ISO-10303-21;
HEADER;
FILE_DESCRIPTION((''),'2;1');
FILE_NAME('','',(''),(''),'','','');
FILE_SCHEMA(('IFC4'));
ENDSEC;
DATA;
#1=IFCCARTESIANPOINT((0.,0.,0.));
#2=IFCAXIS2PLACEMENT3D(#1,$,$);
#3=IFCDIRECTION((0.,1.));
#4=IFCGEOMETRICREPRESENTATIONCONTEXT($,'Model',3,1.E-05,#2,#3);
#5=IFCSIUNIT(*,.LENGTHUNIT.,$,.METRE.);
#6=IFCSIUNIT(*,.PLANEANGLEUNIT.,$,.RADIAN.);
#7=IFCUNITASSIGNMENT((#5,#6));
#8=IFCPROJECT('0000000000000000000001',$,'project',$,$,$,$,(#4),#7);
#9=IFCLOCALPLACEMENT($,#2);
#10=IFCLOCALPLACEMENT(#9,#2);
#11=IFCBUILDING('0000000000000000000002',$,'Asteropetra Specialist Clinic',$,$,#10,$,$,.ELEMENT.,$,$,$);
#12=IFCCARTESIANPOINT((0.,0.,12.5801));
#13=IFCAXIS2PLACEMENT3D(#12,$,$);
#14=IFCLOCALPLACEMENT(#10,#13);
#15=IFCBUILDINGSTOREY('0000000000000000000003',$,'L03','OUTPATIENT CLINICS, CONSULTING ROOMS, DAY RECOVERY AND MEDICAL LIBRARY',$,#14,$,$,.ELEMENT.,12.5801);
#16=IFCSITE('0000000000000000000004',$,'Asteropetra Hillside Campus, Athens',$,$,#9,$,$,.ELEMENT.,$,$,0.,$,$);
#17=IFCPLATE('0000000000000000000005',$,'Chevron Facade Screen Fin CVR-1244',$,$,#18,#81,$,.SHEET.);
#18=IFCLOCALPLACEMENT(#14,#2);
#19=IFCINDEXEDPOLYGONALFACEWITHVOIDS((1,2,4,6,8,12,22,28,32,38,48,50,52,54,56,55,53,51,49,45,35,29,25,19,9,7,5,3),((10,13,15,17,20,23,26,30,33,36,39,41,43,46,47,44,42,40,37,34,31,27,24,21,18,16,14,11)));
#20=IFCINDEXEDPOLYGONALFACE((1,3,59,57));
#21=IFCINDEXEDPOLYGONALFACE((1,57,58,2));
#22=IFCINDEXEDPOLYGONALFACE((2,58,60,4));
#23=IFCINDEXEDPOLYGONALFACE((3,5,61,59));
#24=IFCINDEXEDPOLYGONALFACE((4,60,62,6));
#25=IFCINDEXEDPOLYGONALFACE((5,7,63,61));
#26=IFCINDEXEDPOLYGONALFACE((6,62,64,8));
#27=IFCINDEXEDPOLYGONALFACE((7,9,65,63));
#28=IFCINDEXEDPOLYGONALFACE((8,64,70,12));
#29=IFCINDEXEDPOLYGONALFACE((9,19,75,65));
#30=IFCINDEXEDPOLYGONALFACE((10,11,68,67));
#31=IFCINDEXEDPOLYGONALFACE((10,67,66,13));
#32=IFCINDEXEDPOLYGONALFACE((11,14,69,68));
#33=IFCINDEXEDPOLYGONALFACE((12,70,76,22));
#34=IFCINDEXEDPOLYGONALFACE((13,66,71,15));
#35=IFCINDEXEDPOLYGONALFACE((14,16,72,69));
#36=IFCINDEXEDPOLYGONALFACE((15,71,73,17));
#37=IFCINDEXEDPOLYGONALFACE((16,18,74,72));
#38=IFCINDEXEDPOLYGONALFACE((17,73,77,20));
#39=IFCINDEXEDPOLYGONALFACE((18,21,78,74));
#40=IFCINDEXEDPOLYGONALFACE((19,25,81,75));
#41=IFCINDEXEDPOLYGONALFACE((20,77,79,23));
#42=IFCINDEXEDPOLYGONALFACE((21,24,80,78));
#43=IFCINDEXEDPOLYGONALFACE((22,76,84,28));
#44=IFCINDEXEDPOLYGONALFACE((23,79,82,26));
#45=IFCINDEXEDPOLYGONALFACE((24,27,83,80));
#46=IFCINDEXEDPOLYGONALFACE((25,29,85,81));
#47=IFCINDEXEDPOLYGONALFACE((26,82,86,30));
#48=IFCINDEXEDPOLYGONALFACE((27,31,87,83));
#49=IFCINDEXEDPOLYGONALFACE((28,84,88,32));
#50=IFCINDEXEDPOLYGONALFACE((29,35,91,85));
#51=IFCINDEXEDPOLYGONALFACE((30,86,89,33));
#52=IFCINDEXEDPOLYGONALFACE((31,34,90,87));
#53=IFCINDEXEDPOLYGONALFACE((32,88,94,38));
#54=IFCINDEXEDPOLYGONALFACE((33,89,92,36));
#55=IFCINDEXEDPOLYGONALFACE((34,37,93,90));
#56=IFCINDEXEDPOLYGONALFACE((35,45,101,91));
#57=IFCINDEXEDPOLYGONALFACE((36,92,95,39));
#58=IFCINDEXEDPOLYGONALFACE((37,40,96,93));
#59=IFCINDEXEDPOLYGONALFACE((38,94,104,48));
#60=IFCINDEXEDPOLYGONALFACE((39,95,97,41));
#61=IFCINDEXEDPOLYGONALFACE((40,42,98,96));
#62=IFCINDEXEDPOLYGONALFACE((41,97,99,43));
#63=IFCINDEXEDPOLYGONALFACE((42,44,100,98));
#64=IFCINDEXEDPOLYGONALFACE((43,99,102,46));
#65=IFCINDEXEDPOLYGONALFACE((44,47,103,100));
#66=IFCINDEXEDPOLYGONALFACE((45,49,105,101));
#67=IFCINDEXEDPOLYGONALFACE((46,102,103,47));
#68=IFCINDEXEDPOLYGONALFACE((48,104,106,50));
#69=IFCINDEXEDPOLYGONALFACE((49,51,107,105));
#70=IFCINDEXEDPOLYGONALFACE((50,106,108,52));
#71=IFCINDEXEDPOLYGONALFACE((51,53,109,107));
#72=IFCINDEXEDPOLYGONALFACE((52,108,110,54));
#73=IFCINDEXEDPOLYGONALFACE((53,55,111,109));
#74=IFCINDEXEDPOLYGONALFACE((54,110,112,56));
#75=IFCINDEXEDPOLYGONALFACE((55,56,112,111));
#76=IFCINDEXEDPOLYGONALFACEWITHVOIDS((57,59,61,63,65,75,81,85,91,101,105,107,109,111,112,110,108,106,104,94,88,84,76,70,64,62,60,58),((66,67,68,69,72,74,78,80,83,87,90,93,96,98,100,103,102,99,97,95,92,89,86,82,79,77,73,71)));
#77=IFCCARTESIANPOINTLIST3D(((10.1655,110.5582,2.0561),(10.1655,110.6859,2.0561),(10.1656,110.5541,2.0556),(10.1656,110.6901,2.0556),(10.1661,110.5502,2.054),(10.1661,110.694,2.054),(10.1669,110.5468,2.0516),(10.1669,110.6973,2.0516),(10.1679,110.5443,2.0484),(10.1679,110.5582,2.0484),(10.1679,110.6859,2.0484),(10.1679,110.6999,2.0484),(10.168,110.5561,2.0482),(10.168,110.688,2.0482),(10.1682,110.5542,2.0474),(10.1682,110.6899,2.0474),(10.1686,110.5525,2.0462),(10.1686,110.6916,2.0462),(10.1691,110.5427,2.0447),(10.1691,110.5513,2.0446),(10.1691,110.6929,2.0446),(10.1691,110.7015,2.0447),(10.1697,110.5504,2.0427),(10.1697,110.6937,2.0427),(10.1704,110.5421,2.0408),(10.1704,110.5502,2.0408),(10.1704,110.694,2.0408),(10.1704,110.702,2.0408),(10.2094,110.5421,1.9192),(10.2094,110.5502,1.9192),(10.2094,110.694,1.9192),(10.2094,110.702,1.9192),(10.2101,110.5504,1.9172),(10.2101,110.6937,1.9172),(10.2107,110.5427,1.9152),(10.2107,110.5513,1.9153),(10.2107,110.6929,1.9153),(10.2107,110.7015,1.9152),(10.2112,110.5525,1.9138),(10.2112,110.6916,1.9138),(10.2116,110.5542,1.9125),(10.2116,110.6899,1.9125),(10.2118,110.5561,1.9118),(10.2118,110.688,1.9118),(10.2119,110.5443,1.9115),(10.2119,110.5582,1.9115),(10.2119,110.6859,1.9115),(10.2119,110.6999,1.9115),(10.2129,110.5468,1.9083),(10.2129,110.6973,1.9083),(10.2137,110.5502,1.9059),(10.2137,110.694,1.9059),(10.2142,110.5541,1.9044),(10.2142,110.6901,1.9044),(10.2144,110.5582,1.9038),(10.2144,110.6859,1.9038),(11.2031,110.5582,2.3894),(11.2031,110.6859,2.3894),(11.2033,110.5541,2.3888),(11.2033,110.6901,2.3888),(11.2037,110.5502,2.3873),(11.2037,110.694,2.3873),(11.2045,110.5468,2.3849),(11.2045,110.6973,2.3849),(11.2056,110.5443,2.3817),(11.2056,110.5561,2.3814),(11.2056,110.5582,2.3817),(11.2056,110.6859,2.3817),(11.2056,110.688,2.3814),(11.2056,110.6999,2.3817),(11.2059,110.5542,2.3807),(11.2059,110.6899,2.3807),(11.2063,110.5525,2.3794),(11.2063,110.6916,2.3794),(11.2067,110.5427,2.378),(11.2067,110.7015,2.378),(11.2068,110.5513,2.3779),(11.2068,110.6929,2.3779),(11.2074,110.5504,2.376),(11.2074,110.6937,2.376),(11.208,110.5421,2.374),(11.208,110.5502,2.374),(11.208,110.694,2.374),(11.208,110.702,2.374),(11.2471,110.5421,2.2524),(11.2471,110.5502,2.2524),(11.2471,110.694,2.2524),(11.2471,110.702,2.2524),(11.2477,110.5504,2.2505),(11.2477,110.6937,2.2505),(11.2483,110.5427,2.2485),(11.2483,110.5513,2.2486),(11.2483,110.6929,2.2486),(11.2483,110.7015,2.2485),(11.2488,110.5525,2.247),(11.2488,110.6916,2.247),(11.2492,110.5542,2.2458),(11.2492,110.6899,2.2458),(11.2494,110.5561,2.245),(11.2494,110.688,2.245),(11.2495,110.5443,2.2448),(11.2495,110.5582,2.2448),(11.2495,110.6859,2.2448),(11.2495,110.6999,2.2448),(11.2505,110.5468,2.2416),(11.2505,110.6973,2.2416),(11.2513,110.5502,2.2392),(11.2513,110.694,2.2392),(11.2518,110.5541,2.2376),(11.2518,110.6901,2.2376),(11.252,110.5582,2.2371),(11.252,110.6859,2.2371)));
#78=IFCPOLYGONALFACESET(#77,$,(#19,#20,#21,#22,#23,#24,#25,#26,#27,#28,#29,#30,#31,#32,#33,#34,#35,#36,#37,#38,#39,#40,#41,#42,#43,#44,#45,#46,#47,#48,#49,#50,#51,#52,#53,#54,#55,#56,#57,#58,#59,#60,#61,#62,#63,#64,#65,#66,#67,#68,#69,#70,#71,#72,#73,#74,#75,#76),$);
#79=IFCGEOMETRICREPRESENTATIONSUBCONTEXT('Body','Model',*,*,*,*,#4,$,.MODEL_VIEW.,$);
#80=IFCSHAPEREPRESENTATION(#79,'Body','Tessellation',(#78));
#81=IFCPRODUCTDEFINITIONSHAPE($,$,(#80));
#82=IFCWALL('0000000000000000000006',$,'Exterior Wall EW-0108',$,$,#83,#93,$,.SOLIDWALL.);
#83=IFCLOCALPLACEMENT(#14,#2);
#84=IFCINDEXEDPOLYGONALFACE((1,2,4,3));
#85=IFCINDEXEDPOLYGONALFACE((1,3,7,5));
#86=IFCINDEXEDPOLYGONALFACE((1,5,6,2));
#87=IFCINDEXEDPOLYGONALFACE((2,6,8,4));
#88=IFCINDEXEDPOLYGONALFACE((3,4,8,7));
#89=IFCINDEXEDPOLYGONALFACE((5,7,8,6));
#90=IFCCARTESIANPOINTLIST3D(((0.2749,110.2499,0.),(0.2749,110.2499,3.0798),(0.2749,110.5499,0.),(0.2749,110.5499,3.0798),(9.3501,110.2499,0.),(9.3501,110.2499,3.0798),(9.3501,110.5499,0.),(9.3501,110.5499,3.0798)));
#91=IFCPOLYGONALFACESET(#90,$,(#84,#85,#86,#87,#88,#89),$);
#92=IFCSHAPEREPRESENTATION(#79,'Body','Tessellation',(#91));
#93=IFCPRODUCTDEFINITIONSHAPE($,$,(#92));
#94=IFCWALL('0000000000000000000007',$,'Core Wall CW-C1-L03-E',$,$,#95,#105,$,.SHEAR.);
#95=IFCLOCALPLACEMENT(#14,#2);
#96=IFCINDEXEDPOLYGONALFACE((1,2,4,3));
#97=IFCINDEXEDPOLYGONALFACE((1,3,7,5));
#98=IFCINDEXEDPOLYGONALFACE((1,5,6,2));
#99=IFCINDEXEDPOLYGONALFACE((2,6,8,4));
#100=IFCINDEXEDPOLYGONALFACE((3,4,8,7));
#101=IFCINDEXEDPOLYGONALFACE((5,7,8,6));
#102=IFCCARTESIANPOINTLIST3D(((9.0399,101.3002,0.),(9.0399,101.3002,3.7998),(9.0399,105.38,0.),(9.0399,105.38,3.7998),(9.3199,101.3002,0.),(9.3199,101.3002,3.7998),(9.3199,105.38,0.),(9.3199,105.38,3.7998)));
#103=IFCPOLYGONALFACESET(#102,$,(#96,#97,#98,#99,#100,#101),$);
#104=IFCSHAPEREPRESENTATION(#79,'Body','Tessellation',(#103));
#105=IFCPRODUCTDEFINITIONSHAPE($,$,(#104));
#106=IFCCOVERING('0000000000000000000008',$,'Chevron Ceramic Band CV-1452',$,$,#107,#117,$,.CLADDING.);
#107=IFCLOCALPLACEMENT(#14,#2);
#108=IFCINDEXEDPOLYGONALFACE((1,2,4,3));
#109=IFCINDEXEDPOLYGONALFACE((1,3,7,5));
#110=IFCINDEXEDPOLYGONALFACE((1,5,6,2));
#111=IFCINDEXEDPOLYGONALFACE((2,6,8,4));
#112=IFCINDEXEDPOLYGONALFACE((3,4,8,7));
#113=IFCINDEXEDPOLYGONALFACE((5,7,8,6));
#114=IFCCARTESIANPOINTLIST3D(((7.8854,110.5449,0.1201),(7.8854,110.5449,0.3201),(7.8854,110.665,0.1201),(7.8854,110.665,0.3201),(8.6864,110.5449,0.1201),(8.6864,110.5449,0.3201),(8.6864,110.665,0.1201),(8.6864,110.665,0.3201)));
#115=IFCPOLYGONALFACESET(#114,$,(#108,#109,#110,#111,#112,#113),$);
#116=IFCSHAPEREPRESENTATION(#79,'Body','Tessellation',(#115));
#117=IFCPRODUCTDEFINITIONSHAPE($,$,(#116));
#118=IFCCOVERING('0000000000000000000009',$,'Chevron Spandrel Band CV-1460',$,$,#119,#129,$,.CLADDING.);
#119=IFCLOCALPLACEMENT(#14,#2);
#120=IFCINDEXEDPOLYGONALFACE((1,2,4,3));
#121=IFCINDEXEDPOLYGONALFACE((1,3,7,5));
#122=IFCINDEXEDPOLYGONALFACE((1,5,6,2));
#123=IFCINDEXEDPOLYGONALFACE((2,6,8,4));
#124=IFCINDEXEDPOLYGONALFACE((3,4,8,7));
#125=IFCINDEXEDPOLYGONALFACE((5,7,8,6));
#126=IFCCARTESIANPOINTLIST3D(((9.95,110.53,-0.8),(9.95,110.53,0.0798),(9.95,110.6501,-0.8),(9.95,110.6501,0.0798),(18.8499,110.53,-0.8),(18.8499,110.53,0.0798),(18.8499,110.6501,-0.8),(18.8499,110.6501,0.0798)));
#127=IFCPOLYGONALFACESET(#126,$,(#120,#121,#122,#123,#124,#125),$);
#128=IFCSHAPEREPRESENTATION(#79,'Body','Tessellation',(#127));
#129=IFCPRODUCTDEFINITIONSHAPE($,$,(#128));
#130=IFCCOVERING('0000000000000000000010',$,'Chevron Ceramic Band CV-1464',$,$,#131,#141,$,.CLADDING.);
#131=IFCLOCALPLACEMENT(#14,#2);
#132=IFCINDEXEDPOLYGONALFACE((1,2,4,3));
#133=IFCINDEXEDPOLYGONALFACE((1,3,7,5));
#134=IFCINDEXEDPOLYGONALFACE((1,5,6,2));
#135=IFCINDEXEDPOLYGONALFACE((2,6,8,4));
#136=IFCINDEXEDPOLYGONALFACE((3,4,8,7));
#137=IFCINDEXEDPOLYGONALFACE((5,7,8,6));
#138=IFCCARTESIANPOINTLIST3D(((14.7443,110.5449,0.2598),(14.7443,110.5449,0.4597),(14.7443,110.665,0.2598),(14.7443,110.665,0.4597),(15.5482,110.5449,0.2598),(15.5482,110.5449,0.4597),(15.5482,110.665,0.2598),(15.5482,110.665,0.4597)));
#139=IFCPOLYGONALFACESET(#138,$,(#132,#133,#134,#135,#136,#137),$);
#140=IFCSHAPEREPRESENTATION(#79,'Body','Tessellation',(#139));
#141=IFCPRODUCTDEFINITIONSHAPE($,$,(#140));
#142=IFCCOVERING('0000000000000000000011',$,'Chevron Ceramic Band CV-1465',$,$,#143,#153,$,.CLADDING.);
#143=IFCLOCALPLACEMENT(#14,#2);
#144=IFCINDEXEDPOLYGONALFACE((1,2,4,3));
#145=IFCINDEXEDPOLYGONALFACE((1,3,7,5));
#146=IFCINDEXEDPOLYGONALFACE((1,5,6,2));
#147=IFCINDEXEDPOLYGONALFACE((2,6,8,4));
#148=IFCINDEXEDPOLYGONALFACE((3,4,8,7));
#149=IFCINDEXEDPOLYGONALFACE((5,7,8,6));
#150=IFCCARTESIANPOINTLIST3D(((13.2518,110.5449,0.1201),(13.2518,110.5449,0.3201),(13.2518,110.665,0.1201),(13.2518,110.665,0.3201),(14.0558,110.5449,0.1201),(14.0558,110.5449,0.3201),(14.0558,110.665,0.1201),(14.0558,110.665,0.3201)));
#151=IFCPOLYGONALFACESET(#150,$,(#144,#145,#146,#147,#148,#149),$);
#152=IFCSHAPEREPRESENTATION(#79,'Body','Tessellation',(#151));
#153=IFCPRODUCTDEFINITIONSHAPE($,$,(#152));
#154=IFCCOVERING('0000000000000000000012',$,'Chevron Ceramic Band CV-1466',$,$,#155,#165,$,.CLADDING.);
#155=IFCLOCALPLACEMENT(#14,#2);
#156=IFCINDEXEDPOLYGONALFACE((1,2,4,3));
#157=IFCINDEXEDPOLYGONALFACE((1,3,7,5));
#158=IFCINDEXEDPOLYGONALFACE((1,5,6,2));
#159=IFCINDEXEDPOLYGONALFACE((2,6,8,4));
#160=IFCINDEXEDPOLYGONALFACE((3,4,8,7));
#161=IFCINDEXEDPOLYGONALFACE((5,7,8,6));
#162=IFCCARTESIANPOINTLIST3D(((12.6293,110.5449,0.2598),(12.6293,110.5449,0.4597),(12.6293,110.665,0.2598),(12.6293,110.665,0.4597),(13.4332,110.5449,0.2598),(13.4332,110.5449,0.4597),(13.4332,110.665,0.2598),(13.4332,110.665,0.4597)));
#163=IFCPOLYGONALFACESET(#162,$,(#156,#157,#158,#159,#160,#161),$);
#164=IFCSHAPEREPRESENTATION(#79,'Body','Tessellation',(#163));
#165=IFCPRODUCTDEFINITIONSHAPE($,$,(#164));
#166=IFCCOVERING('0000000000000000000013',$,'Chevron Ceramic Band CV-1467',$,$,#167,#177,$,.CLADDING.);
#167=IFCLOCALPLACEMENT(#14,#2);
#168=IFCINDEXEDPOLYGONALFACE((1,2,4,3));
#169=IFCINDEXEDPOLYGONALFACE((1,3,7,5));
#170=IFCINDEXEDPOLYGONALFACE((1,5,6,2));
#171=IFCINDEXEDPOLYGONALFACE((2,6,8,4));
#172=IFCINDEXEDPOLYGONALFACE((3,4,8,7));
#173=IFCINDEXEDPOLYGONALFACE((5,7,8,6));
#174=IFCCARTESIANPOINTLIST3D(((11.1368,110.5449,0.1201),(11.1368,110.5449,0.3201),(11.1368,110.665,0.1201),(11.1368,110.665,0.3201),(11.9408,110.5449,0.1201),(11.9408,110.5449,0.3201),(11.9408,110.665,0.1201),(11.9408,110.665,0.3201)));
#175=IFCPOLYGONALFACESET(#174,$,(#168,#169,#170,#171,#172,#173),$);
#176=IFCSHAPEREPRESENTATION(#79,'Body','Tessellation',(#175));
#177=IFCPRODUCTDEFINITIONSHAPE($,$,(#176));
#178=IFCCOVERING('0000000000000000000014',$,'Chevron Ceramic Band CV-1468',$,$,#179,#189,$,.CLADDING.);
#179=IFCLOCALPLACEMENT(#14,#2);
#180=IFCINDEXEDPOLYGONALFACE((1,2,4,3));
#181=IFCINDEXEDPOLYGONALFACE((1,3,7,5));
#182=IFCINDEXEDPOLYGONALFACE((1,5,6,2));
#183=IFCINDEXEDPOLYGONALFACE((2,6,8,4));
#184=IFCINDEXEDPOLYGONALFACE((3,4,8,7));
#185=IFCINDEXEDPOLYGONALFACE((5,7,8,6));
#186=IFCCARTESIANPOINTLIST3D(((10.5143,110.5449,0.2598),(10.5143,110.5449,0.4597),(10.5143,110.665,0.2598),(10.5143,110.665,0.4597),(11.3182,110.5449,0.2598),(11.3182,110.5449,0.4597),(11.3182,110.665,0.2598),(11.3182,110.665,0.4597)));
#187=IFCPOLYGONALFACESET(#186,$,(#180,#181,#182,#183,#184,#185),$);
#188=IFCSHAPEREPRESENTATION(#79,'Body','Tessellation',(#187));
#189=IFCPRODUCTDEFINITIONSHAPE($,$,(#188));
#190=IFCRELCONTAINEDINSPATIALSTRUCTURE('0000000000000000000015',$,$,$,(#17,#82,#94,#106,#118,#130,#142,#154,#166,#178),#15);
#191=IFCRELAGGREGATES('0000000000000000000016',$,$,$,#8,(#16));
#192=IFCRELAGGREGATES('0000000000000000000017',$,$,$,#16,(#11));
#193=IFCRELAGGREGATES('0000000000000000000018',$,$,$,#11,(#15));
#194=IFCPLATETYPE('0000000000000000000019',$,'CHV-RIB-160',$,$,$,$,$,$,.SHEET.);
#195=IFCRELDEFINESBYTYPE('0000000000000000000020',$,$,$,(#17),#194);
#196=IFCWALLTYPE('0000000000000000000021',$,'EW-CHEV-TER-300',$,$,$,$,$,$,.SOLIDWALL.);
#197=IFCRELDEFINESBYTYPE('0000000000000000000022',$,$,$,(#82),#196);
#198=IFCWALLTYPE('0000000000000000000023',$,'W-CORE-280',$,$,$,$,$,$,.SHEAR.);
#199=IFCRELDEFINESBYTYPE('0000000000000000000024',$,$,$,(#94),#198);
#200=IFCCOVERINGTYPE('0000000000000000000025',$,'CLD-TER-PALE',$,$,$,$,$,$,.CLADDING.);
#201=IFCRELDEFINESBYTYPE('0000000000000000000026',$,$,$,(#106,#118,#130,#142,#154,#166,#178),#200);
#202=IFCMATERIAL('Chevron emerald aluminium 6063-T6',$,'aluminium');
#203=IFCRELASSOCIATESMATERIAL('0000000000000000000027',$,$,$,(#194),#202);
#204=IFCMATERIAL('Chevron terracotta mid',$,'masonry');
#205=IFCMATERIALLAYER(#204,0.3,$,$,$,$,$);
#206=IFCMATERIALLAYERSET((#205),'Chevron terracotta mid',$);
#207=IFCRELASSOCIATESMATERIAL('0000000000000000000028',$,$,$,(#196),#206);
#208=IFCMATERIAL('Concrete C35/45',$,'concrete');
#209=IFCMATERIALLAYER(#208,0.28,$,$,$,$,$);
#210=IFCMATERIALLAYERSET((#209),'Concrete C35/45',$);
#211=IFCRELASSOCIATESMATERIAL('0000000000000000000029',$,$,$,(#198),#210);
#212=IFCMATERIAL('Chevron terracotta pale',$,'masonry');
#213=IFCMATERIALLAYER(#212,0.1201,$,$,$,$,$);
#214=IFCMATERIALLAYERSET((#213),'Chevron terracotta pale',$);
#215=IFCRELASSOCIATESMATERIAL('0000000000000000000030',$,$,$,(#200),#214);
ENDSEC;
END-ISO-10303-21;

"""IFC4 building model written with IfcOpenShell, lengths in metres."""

from ifc_helpers import new_model, si_unit, direction, frame, frame_2d, origin, origin_2d, place, context, subcontext, project, spatial, rectangle, hollow_rectangle, extrude, material, layer, layer_set, material_profile, profile_set, type_object, element, save


model = new_model("IFC4")

# Units and contexts
model_context = context("Model", 3, precision=1e-05, world=origin(), true_north=direction((0.0, 1.0)))
body_context = subcontext(model_context, "Body", "Model", "MODEL_VIEW")
ifc_project = project(units=[si_unit("LENGTHUNIT", "METRE"), si_unit("PLANEANGLEUNIT", "RADIAN")], contexts=[model_context])

# Site, building, storey
site_placement = place(None, origin())
site = spatial("IfcSite", under=ifc_project, at=site_placement, Name="Asteropetra Hillside Campus, Athens", CompositionType="ELEMENT", RefElevation=0.0)
building_placement = place(site_placement, origin())
building = spatial("IfcBuilding", under=site, at=building_placement, Name="Asteropetra Specialist Clinic", CompositionType="ELEMENT")
storey_placement = place(building_placement, frame((0.0, 0.0, 12.5801)))
storey = spatial("IfcBuildingStorey", under=building, at=storey_placement, Name="L03", Description="OUTPATIENT CLINICS, CONSULTING ROOMS, DAY RECOVERY AND MEDICAL LIBRARY", CompositionType="ELEMENT", Elevation=12.5801)

# Plate
ifc_material_1 = material(Name="Chevron emerald aluminium 6063-T6", Category="aluminium")
ifc_material_profile_1 = material_profile(ifc_material_1, hollow_rectangle(XDim=0.1599, YDim=0.1599, WallThickness=0.0081, InnerFilletRadius=0.0081, OuterFilletRadius=0.0161, at=origin_2d()), Name="SHS 160x160x8.0")
ifc_profile_set_1 = profile_set([ifc_material_profile_1], Name="Chevron emerald aluminium 6063-T6")
plate_type = type_object("IfcPlateType", Name="CHV-RIB-160", PredefinedType="SHEET", material=ifc_profile_set_1)
plate_1_placement = place(storey_placement, frame((11.2275, 110.6221, 2.3132), z_axis=(-0.952098, 0.0, -0.305792), x_axis=(0.0, -1.0, 0.0)))
element("IfcPlate", 1, at=plate_1_placement, inside=storey, type_object=plate_type, Name="Chevron Facade Screen Fin CVR-1244", PredefinedType="SHEET", context=body_context, shape_type="SweptSolid", body=[
    extrude(hollow_rectangle(XDim=0.1599, YDim=0.1599, WallThickness=0.0081, InnerFilletRadius=0.0081, OuterFilletRadius=0.0161, at=origin_2d()), origin(), (0.0, 0.0, 1.0), 1.0898),
])

# Walls
ifc_material_2 = material(Name="Chevron terracotta mid", Category="masonry")
ifc_layer_1 = layer(ifc_material_2, 0.3)
ifc_layer_set_1 = layer_set([ifc_layer_1], Name="Chevron terracotta mid")
wall_type_1 = type_object("IfcWallType", Name="EW-CHEV-TER-300", PredefinedType="SOLIDWALL", material=ifc_layer_set_1)
wall_1_placement = place(storey_placement, frame((9.3501, 110.3999, 0.0), z_axis=(0.0, 0.0, 1.0), x_axis=(-1.0, 0.0, 0.0)))
element("IfcWall", 2, at=wall_1_placement, inside=storey, type_object=wall_type_1, Name="Exterior Wall EW-0108", PredefinedType="SOLIDWALL", context=body_context, shape_type="SweptSolid", body=[
    extrude(rectangle(XDim=9.0752, YDim=0.3, at=frame_2d((4.5376, 0.0))), origin(), (0.0, 0.0, 1.0), 3.0798),
])
ifc_material_3 = material(Name="Concrete C35/45", Category="concrete")
ifc_layer_2 = layer(ifc_material_3, 0.28)
ifc_layer_set_2 = layer_set([ifc_layer_2], Name="Concrete C35/45")
wall_type_2 = type_object("IfcWallType", Name="W-CORE-280", PredefinedType="SHEAR", material=ifc_layer_set_2)
wall_2_placement = place(storey_placement, frame((9.1799, 101.3, 0.0), z_axis=(0.0, 0.0, 1.0), x_axis=(0.0, 1.0, 0.0)))
element("IfcWall", 3, at=wall_2_placement, inside=storey, type_object=wall_type_2, Name="Core Wall CW-C1-L03-E", PredefinedType="SHEAR", context=body_context, shape_type="SweptSolid", body=[
    extrude(rectangle(XDim=4.0798, YDim=0.28, at=frame_2d((2.04, 0.0))), origin(), (0.0, 0.0, 1.0), 3.7998),
])

# Coverings
ifc_material_4 = material(Name="Chevron terracotta pale", Category="masonry")
ifc_layer_3 = layer(ifc_material_4, 0.1201)
ifc_layer_set_3 = layer_set([ifc_layer_3], Name="Chevron terracotta pale")
covering_type = type_object("IfcCoveringType", Name="CLD-TER-PALE", PredefinedType="CLADDING", material=ifc_layer_set_3)
covering_1_placement = place(storey_placement, frame((8.2859, 110.605, 0.1201), z_axis=(0.0, 0.0, 1.0), x_axis=(1.0, 0.0, 0.0)))
element("IfcCovering", 4, at=covering_1_placement, inside=storey, type_object=covering_type, Name="Chevron Ceramic Band CV-1452", PredefinedType="CLADDING", context=body_context, shape_type="SweptSolid", body=[
    extrude(rectangle(XDim=0.801, YDim=0.1201, at=origin_2d()), origin(), (0.0, 0.0, 1.0), 0.2),
])
covering_2_placement = place(storey_placement, frame((14.3999, 110.5901, -0.8), z_axis=(0.0, 0.0, 1.0), x_axis=(1.0, 0.0, 0.0)))
element("IfcCovering", 5, at=covering_2_placement, inside=storey, type_object=covering_type, Name="Chevron Spandrel Band CV-1460", PredefinedType="CLADDING", context=body_context, shape_type="SweptSolid", body=[
    extrude(rectangle(XDim=8.8999, YDim=0.1201, at=origin_2d()), origin(), (0.0, 0.0, 1.0), 0.8799),
])
for number, where, z_axis, x_axis, name in (
    (6, (15.1462, 110.605, 0.2598), (0.0, 0.0, 1.0), (1.0, 0.0, 0.0), "Chevron Ceramic Band CV-1464"),
    (7, (13.6538, 110.605, 0.1201), (0.0, 0.0, 1.0), (1.0, 0.0, 0.0), "Chevron Ceramic Band CV-1465"),
    (8, (13.0312, 110.605, 0.2598), (0.0, 0.0, 1.0), (1.0, 0.0, 0.0), "Chevron Ceramic Band CV-1466"),
    (9, (11.5388, 110.605, 0.1201), (0.0, 0.0, 1.0), (1.0, 0.0, 0.0), "Chevron Ceramic Band CV-1467"),
    (10, (10.9163, 110.605, 0.2598), (0.0, 0.0, 1.0), (1.0, 0.0, 0.0), "Chevron Ceramic Band CV-1468"),
):
    element("IfcCovering", number, at=place(storey_placement, frame(where, z_axis=z_axis, x_axis=x_axis)), inside=storey, type_object=covering_type, Name=name, PredefinedType="CLADDING", context=body_context, shape_type="SweptSolid", body=[
        extrude(rectangle(XDim=0.804, YDim=0.1201, at=origin_2d()), origin(), (0.0, 0.0, 1.0), 0.2),
    ])

save(model, "model.ifc")
